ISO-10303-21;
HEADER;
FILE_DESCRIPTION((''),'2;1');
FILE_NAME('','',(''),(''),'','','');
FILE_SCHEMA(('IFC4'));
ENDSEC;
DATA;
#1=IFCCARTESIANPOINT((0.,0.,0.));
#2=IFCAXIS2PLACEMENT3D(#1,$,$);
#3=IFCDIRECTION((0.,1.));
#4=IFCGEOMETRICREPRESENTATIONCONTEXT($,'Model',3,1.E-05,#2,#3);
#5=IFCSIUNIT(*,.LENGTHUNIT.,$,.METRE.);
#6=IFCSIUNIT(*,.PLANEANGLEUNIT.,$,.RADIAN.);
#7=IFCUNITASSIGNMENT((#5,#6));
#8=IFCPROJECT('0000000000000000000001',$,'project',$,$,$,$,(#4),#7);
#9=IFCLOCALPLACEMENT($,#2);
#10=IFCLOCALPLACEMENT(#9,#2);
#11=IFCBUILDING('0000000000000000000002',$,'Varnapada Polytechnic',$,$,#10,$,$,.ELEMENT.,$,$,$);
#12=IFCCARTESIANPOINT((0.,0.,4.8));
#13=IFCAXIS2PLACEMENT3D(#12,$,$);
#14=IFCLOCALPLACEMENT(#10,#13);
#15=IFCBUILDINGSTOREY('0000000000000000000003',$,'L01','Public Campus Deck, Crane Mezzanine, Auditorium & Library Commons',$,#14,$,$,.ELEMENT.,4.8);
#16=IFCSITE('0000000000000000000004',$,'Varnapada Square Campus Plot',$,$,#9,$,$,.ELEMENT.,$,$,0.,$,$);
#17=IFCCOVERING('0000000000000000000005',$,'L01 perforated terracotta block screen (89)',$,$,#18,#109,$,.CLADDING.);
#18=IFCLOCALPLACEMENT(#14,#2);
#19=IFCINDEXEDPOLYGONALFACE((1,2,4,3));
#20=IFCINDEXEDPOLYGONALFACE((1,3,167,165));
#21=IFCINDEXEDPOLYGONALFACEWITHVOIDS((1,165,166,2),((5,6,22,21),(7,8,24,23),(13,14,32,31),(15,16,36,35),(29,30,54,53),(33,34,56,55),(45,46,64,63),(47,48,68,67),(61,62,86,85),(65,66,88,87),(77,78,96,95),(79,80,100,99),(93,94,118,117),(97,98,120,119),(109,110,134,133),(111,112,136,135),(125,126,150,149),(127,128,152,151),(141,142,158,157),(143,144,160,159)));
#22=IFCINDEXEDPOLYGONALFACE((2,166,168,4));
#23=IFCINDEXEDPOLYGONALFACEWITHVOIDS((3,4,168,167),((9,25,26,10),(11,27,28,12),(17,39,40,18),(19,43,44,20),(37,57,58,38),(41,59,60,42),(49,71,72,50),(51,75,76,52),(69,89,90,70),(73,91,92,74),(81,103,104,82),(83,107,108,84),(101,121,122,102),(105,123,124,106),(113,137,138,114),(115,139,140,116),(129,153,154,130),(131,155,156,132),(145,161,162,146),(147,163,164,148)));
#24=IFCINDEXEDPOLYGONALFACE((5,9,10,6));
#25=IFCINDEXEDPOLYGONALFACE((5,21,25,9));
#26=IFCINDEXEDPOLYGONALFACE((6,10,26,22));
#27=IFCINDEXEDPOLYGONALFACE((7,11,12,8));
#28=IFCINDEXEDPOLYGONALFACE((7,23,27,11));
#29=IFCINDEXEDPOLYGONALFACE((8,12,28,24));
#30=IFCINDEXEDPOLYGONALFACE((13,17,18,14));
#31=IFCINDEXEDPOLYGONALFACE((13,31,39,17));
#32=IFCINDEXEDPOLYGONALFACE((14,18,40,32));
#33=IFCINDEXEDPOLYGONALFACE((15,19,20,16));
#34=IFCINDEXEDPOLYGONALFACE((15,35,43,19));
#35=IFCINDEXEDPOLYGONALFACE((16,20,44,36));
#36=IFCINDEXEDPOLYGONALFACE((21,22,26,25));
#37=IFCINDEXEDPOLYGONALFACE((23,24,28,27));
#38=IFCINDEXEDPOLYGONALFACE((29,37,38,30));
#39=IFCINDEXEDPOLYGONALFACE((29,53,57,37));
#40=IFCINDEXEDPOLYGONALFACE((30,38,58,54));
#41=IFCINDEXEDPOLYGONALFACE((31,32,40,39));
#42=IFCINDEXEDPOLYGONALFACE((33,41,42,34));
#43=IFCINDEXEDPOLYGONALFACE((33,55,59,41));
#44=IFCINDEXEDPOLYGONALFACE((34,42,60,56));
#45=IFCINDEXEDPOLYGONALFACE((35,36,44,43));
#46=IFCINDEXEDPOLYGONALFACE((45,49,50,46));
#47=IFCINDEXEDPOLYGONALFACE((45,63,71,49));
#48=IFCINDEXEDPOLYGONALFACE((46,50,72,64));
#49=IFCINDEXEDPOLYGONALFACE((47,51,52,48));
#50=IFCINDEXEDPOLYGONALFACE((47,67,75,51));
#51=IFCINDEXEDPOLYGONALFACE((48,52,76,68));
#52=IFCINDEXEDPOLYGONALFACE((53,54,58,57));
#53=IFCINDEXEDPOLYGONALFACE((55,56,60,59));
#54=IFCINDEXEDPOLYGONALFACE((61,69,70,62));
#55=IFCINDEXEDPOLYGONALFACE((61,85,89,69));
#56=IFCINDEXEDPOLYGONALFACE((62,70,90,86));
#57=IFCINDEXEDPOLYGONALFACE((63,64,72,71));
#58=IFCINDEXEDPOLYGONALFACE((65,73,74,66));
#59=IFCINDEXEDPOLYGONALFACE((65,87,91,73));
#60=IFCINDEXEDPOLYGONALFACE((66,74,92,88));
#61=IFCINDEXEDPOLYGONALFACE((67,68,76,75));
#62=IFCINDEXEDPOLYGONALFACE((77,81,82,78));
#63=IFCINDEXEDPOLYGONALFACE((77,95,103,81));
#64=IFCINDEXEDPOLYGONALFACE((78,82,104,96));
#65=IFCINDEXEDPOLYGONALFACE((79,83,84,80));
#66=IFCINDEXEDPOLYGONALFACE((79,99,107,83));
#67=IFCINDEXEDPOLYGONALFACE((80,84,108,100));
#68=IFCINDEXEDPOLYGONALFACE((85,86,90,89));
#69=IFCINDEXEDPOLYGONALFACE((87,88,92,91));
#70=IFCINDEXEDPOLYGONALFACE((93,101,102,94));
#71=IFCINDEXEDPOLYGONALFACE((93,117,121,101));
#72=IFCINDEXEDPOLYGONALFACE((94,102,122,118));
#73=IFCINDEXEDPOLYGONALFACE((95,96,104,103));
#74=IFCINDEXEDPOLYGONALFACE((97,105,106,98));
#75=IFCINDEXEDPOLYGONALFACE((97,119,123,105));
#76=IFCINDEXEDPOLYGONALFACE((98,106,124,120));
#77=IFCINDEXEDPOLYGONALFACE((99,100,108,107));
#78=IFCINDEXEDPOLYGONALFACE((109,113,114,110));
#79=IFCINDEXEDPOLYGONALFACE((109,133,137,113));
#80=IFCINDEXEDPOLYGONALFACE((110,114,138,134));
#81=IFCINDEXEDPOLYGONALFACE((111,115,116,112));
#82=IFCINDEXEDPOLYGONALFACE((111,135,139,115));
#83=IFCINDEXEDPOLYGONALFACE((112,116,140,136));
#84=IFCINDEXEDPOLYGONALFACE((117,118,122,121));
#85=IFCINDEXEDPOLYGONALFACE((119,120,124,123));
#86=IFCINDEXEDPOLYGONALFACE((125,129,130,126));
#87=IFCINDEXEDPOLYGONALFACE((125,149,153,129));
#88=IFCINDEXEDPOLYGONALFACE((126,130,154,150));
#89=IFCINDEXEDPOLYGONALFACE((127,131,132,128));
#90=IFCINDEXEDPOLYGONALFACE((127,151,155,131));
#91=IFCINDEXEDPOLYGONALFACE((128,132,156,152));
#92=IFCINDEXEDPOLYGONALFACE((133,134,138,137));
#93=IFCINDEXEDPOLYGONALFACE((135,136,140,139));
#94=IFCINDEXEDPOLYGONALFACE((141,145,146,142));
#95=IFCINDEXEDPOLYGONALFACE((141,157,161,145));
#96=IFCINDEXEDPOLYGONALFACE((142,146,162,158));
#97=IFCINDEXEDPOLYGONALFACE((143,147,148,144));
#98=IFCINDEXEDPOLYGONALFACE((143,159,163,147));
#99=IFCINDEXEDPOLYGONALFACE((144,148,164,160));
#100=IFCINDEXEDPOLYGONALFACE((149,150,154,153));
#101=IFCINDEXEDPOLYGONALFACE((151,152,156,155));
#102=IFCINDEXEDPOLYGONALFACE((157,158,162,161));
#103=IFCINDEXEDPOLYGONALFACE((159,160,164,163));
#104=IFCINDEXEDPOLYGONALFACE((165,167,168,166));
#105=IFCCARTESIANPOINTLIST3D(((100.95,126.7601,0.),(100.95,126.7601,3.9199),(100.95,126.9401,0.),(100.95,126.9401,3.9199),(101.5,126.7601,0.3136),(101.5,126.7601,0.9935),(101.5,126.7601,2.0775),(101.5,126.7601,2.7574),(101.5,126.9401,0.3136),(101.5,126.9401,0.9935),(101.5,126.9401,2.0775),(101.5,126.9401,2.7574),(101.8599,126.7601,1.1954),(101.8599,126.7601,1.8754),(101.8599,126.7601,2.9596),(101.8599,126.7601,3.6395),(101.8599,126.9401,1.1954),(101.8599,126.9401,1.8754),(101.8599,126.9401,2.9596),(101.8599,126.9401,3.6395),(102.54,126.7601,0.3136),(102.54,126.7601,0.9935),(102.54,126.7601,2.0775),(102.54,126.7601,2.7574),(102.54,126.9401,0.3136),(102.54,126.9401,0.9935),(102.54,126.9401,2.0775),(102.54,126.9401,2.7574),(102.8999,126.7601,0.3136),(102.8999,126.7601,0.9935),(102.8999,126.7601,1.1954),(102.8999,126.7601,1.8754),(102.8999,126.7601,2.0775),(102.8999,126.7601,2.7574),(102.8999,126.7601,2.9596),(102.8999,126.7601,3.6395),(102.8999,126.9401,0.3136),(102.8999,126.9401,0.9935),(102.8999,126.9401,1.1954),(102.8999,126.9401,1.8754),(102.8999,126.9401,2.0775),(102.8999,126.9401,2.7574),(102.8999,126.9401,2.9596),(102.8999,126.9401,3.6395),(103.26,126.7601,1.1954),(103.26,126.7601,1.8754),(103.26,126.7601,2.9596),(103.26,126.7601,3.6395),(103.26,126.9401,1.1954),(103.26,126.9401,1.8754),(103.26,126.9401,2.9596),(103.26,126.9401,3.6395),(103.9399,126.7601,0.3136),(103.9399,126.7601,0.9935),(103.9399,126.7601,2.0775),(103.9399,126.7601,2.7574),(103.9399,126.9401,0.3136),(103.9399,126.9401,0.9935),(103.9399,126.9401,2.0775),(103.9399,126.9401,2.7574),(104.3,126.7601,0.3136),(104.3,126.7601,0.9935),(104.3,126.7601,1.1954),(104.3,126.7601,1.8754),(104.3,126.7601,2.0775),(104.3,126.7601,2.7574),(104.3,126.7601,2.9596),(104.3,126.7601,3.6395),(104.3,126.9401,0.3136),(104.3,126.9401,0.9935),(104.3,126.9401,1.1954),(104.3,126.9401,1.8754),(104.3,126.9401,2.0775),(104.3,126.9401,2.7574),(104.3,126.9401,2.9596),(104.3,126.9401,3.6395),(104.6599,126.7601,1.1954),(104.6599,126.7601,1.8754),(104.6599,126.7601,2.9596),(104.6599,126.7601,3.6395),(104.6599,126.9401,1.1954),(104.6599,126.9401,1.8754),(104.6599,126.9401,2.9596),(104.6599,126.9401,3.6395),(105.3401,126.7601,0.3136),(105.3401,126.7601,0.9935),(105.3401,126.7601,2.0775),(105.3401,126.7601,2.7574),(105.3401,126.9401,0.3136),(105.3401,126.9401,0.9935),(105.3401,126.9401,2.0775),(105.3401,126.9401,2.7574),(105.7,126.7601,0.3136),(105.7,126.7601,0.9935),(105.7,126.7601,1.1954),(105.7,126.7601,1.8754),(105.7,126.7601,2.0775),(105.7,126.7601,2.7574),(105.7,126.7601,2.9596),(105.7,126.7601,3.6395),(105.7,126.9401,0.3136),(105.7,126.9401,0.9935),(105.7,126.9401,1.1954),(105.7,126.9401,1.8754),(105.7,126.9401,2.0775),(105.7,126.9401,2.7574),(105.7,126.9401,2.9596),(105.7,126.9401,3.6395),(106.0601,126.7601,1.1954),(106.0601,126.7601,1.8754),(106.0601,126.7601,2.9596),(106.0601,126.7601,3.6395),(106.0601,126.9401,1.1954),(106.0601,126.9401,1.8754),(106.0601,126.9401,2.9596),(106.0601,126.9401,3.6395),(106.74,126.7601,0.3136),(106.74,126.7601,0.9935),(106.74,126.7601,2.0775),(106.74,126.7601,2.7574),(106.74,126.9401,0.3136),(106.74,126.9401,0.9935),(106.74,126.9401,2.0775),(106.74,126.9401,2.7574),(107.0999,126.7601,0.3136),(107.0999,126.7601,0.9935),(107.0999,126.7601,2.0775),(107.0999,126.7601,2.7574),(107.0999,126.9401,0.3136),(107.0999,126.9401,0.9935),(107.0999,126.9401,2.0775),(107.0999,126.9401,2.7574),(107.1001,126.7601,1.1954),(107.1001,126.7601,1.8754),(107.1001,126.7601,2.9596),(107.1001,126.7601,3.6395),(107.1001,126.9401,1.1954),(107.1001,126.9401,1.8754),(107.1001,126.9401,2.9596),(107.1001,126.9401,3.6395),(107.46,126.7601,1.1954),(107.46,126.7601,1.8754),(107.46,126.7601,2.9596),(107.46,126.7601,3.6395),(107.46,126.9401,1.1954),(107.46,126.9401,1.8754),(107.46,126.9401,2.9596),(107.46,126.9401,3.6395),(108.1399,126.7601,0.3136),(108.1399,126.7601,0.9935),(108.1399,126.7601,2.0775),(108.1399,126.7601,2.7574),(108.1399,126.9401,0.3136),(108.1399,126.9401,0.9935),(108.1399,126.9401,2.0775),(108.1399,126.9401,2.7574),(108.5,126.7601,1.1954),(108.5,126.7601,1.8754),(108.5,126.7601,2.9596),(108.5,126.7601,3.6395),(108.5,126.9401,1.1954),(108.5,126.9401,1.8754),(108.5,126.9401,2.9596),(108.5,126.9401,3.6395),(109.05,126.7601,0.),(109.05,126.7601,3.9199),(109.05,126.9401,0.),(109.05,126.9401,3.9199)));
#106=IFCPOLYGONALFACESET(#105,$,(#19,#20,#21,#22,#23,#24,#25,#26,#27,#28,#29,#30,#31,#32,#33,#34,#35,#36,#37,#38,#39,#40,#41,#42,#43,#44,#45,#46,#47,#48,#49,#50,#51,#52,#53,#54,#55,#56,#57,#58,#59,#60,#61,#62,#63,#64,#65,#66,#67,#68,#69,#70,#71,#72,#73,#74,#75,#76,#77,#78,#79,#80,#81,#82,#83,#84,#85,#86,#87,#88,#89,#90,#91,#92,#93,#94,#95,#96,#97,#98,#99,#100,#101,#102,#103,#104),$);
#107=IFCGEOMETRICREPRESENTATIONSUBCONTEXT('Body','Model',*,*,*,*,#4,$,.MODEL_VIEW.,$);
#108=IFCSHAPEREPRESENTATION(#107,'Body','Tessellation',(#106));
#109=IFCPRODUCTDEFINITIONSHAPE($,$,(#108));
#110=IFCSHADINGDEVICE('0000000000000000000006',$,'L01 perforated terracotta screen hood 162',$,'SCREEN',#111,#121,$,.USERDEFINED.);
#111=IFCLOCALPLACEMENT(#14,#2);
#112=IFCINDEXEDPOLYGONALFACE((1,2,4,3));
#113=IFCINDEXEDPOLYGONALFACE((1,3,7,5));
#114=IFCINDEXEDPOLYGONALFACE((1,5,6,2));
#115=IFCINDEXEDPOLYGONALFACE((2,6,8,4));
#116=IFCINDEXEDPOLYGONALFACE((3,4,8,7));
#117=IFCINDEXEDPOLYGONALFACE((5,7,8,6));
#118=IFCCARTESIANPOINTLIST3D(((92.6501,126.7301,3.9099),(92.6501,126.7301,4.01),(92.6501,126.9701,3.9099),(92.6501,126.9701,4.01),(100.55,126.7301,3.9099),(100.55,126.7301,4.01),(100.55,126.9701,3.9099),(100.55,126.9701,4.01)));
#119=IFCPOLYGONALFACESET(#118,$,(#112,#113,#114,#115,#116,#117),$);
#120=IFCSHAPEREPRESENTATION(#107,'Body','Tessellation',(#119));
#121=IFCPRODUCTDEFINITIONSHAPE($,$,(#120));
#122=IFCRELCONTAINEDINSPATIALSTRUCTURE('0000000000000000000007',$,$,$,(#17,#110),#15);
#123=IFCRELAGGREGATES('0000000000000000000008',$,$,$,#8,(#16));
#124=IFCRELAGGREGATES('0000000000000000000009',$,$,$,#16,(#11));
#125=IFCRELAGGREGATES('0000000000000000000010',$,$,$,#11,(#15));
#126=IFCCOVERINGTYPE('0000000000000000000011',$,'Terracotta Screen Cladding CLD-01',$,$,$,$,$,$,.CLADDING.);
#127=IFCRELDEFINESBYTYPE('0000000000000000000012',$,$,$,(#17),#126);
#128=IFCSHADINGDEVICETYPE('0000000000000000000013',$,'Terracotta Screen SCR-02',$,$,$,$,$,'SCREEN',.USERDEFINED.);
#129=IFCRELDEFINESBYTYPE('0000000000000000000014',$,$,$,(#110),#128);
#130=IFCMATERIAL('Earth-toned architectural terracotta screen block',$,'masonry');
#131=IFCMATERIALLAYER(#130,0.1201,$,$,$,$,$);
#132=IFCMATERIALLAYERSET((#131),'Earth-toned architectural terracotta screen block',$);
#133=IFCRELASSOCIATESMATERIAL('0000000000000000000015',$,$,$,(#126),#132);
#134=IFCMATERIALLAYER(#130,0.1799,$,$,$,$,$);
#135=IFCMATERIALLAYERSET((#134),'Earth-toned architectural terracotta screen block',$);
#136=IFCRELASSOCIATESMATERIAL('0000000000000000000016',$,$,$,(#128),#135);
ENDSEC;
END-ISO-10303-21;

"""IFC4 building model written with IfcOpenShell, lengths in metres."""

from ifc_helpers import new_model, si_unit, direction, frame, frame_2d, origin, origin_2d, place, context, subcontext, project, spatial, rectangle, extrude, material, layer, layer_set, type_object, element, save


model = new_model("IFC4")

# Units and contexts
model_context = context("Model", 3, precision=1e-05, world=origin(), true_north=direction((0.0, 1.0)))
body_context = subcontext(model_context, "Body", "Model", "MODEL_VIEW")
ifc_project = project(units=[si_unit("LENGTHUNIT", "METRE"), si_unit("PLANEANGLEUNIT", "RADIAN")], contexts=[model_context])

# Site, building, storey
site_placement = place(None, origin())
site = spatial("IfcSite", under=ifc_project, at=site_placement, Name="Varnapada Square Campus Plot", CompositionType="ELEMENT", RefElevation=0.0)
building_placement = place(site_placement, origin())
building = spatial("IfcBuilding", under=site, at=building_placement, Name="Varnapada Polytechnic", CompositionType="ELEMENT")
storey_placement = place(building_placement, frame((0.0, 0.0, 4.8)))
storey = spatial("IfcBuildingStorey", under=building, at=storey_placement, Name="L01", Description="Public Campus Deck, Crane Mezzanine, Auditorium & Library Commons", CompositionType="ELEMENT", Elevation=4.8)

# Covering, openings
ifc_material_1 = material(Name="Earth-toned architectural terracotta screen block", Category="masonry")
ifc_layer_1 = layer(ifc_material_1, 0.1201)
ifc_layer_set_1 = layer_set([ifc_layer_1], Name="Earth-toned architectural terracotta screen block")
covering_type = type_object("IfcCoveringType", Name="Terracotta Screen Cladding CLD-01", PredefinedType="CLADDING", material=ifc_layer_set_1)
covering_placement = place(storey_placement, frame((100.95, 126.8501, 0.0), z_axis=(0.0, 0.0, 1.0), x_axis=(1.0, 0.0, 0.0)))
covering = element("IfcCovering", 1, at=covering_placement, inside=storey, type_object=covering_type, Name="L01 perforated terracotta block screen (89)", PredefinedType="CLADDING", context=body_context, shape_type="SweptSolid", body=[
    extrude(rectangle(XDim=8.1001, YDim=0.1799, at=frame_2d((4.05, 0.0))), origin(), (0.0, 0.0, 1.0), 3.9199),
])
opening_1_placement = place(covering_placement, frame((0.55, 0.0, 0.3137)))
element("IfcOpeningElement", 2, at=opening_1_placement, cuts=covering, PredefinedType="OPENING", context=body_context, shape_type="SweptSolid", body=[
    extrude(rectangle(XDim=1.04, YDim=0.6799, at=frame_2d((0.52, 0.3398))), frame((0.0, 0.0999, 0.0), z_axis=(0.0, -1.0, 0.0), x_axis=(1.0, 0.0, 0.0)), (0.0, 0.0, 1.0), 0.2),
])
opening_2_placement = place(covering_placement, frame((1.95, 0.0, 0.3137)))
element("IfcOpeningElement", 3, at=opening_2_placement, cuts=covering, PredefinedType="OPENING", context=body_context, shape_type="SweptSolid", body=[
    extrude(rectangle(XDim=1.04, YDim=0.6799, at=frame_2d((0.52, 0.3398))), frame((0.0, 0.0999, 0.0), z_axis=(0.0, -1.0, 0.0), x_axis=(1.0, 0.0, 0.0)), (0.0, 0.0, 1.0), 0.2),
])
opening_3_placement = place(covering_placement, frame((3.3501, 0.0, 0.3137)))
element("IfcOpeningElement", 4, at=opening_3_placement, cuts=covering, PredefinedType="OPENING", context=body_context, shape_type="SweptSolid", body=[
    extrude(rectangle(XDim=1.04, YDim=0.6799, at=frame_2d((0.52, 0.3398))), frame((0.0, 0.0999, 0.0), z_axis=(0.0, -1.0, 0.0), x_axis=(1.0, 0.0, 0.0)), (0.0, 0.0, 1.0), 0.2),
])
opening_4_placement = place(covering_placement, frame((4.75, 0.0, 0.3137)))
element("IfcOpeningElement", 5, at=opening_4_placement, cuts=covering, PredefinedType="OPENING", context=body_context, shape_type="SweptSolid", body=[
    extrude(rectangle(XDim=1.04, YDim=0.6799, at=frame_2d((0.52, 0.3398))), frame((0.0, 0.0999, 0.0), z_axis=(0.0, -1.0, 0.0), x_axis=(1.0, 0.0, 0.0)), (0.0, 0.0, 1.0), 0.2),
])
opening_5_placement = place(covering_placement, frame((6.1499, 0.0, 0.3137)))
element("IfcOpeningElement", 6, at=opening_5_placement, cuts=covering, PredefinedType="OPENING", context=body_context, shape_type="SweptSolid", body=[
    extrude(rectangle(XDim=1.04, YDim=0.6799, at=frame_2d((0.52, 0.3398))), frame((0.0, 0.0999, 0.0), z_axis=(0.0, -1.0, 0.0), x_axis=(1.0, 0.0, 0.0)), (0.0, 0.0, 1.0), 0.2),
])
opening_6_placement = place(covering_placement, frame((0.9099, 0.0, 1.1956)))
element("IfcOpeningElement", 7, at=opening_6_placement, cuts=covering, PredefinedType="OPENING", context=body_context, shape_type="SweptSolid", body=[
    extrude(rectangle(XDim=1.04, YDim=0.6799, at=frame_2d((0.52, 0.3398))), frame((0.0, 0.0999, 0.0), z_axis=(0.0, -1.0, 0.0), x_axis=(1.0, 0.0, 0.0)), (0.0, 0.0, 1.0), 0.2),
])
opening_7_placement = place(covering_placement, frame((2.3101, 0.0, 1.1956)))
element("IfcOpeningElement", 8, at=opening_7_placement, cuts=covering, PredefinedType="OPENING", context=body_context, shape_type="SweptSolid", body=[
    extrude(rectangle(XDim=1.04, YDim=0.6799, at=frame_2d((0.52, 0.3398))), frame((0.0, 0.0999, 0.0), z_axis=(0.0, -1.0, 0.0), x_axis=(1.0, 0.0, 0.0)), (0.0, 0.0, 1.0), 0.2),
])
opening_8_placement = place(covering_placement, frame((3.71, 0.0, 1.1956)))
element("IfcOpeningElement", 9, at=opening_8_placement, cuts=covering, PredefinedType="OPENING", context=body_context, shape_type="SweptSolid", body=[
    extrude(rectangle(XDim=1.04, YDim=0.6799, at=frame_2d((0.52, 0.3398))), frame((0.0, 0.0999, 0.0), z_axis=(0.0, -1.0, 0.0), x_axis=(1.0, 0.0, 0.0)), (0.0, 0.0, 1.0), 0.2),
])
opening_9_placement = place(covering_placement, frame((5.1101, 0.0, 1.1956)))
element("IfcOpeningElement", 10, at=opening_9_placement, cuts=covering, PredefinedType="OPENING", context=body_context, shape_type="SweptSolid", body=[
    extrude(rectangle(XDim=1.04, YDim=0.6799, at=frame_2d((0.52, 0.3398))), frame((0.0, 0.0999, 0.0), z_axis=(0.0, -1.0, 0.0), x_axis=(1.0, 0.0, 0.0)), (0.0, 0.0, 1.0), 0.2),
])
opening_10_placement = place(covering_placement, frame((6.51, 0.0, 1.1956)))
element("IfcOpeningElement", 11, at=opening_10_placement, cuts=covering, PredefinedType="OPENING", context=body_context, shape_type="SweptSolid", body=[
    extrude(rectangle(XDim=1.04, YDim=0.6799, at=frame_2d((0.52, 0.3398))), frame((0.0, 0.0999, 0.0), z_axis=(0.0, -1.0, 0.0), x_axis=(1.0, 0.0, 0.0)), (0.0, 0.0, 1.0), 0.2),
])
opening_11_placement = place(covering_placement, frame((0.55, 0.0, 2.0776)))
element("IfcOpeningElement", 12, at=opening_11_placement, cuts=covering, PredefinedType="OPENING", context=body_context, shape_type="SweptSolid", body=[
    extrude(rectangle(XDim=1.04, YDim=0.6799, at=frame_2d((0.52, 0.3398))), frame((0.0, 0.0999, 0.0), z_axis=(0.0, -1.0, 0.0), x_axis=(1.0, 0.0, 0.0)), (0.0, 0.0, 1.0), 0.2),
])
opening_12_placement = place(covering_placement, frame((1.95, 0.0, 2.0776)))
element("IfcOpeningElement", 13, at=opening_12_placement, cuts=covering, PredefinedType="OPENING", context=body_context, shape_type="SweptSolid", body=[
    extrude(rectangle(XDim=1.04, YDim=0.6799, at=frame_2d((0.52, 0.3398))), frame((0.0, 0.0999, 0.0), z_axis=(0.0, -1.0, 0.0), x_axis=(1.0, 0.0, 0.0)), (0.0, 0.0, 1.0), 0.2),
])
opening_13_placement = place(covering_placement, frame((3.3501, 0.0, 2.0776)))
element("IfcOpeningElement", 14, at=opening_13_placement, cuts=covering, PredefinedType="OPENING", context=body_context, shape_type="SweptSolid", body=[
    extrude(rectangle(XDim=1.04, YDim=0.6799, at=frame_2d((0.52, 0.3398))), frame((0.0, 0.0999, 0.0), z_axis=(0.0, -1.0, 0.0), x_axis=(1.0, 0.0, 0.0)), (0.0, 0.0, 1.0), 0.2),
])
opening_14_placement = place(covering_placement, frame((4.75, 0.0, 2.0776)))
element("IfcOpeningElement", 15, at=opening_14_placement, cuts=covering, PredefinedType="OPENING", context=body_context, shape_type="SweptSolid", body=[
    extrude(rectangle(XDim=1.04, YDim=0.6799, at=frame_2d((0.52, 0.3398))), frame((0.0, 0.0999, 0.0), z_axis=(0.0, -1.0, 0.0), x_axis=(1.0, 0.0, 0.0)), (0.0, 0.0, 1.0), 0.2),
])
opening_15_placement = place(covering_placement, frame((6.1499, 0.0, 2.0776)))
element("IfcOpeningElement", 16, at=opening_15_placement, cuts=covering, PredefinedType="OPENING", context=body_context, shape_type="SweptSolid", body=[
    extrude(rectangle(XDim=1.04, YDim=0.6799, at=frame_2d((0.52, 0.3398))), frame((0.0, 0.0999, 0.0), z_axis=(0.0, -1.0, 0.0), x_axis=(1.0, 0.0, 0.0)), (0.0, 0.0, 1.0), 0.2),
])
opening_16_placement = place(covering_placement, frame((0.9099, 0.0, 2.9597)))
element("IfcOpeningElement", 17, at=opening_16_placement, cuts=covering, PredefinedType="OPENING", context=body_context, shape_type="SweptSolid", body=[
    extrude(rectangle(XDim=1.04, YDim=0.6799, at=frame_2d((0.52, 0.3398))), frame((0.0, 0.0999, 0.0), z_axis=(0.0, -1.0, 0.0), x_axis=(1.0, 0.0, 0.0)), (0.0, 0.0, 1.0), 0.2),
])
opening_17_placement = place(covering_placement, frame((2.3101, 0.0, 2.9597)))
element("IfcOpeningElement", 18, at=opening_17_placement, cuts=covering, PredefinedType="OPENING", context=body_context, shape_type="SweptSolid", body=[
    extrude(rectangle(XDim=1.04, YDim=0.6799, at=frame_2d((0.52, 0.3398))), frame((0.0, 0.0999, 0.0), z_axis=(0.0, -1.0, 0.0), x_axis=(1.0, 0.0, 0.0)), (0.0, 0.0, 1.0), 0.2),
])
opening_18_placement = place(covering_placement, frame((3.71, 0.0, 2.9597)))
element("IfcOpeningElement", 19, at=opening_18_placement, cuts=covering, PredefinedType="OPENING", context=body_context, shape_type="SweptSolid", body=[
    extrude(rectangle(XDim=1.04, YDim=0.6799, at=frame_2d((0.52, 0.3398))), frame((0.0, 0.0999, 0.0), z_axis=(0.0, -1.0, 0.0), x_axis=(1.0, 0.0, 0.0)), (0.0, 0.0, 1.0), 0.2),
])
opening_19_placement = place(covering_placement, frame((5.1101, 0.0, 2.9597)))
element("IfcOpeningElement", 20, at=opening_19_placement, cuts=covering, PredefinedType="OPENING", context=body_context, shape_type="SweptSolid", body=[
    extrude(rectangle(XDim=1.04, YDim=0.6799, at=frame_2d((0.52, 0.3398))), frame((0.0, 0.0999, 0.0), z_axis=(0.0, -1.0, 0.0), x_axis=(1.0, 0.0, 0.0)), (0.0, 0.0, 1.0), 0.2),
])
opening_20_placement = place(covering_placement, frame((6.51, 0.0, 2.9597)))
element("IfcOpeningElement", 21, at=opening_20_placement, cuts=covering, PredefinedType="OPENING", context=body_context, shape_type="SweptSolid", body=[
    extrude(rectangle(XDim=1.04, YDim=0.6799, at=frame_2d((0.52, 0.3398))), frame((0.0, 0.0999, 0.0), z_axis=(0.0, -1.0, 0.0), x_axis=(1.0, 0.0, 0.0)), (0.0, 0.0, 1.0), 0.2),
])

# Shading device
ifc_layer_2 = layer(ifc_material_1, 0.1799)
ifc_layer_set_2 = layer_set([ifc_layer_2], Name="Earth-toned architectural terracotta screen block")
shading_device_type = type_object("IfcShadingDeviceType", Name="Terracotta Screen SCR-02", ElementType="SCREEN", PredefinedType="USERDEFINED", material=ifc_layer_set_2)
shading_device_placement = place(storey_placement, frame((96.6001, 126.8501, 3.9099), z_axis=(0.0, 0.0, 1.0), x_axis=(1.0, 0.0, 0.0)))
element("IfcShadingDevice", 22, at=shading_device_placement, inside=storey, type_object=shading_device_type, Name="L01 perforated terracotta screen hood 162", ObjectType="SCREEN", PredefinedType="USERDEFINED", context=body_context, shape_type="SweptSolid", body=[
    extrude(rectangle(XDim=7.8999, YDim=0.24, at=origin_2d()), origin(), (0.0, 0.0, 1.0), 0.1001),
])

save(model, "model.ifc")
